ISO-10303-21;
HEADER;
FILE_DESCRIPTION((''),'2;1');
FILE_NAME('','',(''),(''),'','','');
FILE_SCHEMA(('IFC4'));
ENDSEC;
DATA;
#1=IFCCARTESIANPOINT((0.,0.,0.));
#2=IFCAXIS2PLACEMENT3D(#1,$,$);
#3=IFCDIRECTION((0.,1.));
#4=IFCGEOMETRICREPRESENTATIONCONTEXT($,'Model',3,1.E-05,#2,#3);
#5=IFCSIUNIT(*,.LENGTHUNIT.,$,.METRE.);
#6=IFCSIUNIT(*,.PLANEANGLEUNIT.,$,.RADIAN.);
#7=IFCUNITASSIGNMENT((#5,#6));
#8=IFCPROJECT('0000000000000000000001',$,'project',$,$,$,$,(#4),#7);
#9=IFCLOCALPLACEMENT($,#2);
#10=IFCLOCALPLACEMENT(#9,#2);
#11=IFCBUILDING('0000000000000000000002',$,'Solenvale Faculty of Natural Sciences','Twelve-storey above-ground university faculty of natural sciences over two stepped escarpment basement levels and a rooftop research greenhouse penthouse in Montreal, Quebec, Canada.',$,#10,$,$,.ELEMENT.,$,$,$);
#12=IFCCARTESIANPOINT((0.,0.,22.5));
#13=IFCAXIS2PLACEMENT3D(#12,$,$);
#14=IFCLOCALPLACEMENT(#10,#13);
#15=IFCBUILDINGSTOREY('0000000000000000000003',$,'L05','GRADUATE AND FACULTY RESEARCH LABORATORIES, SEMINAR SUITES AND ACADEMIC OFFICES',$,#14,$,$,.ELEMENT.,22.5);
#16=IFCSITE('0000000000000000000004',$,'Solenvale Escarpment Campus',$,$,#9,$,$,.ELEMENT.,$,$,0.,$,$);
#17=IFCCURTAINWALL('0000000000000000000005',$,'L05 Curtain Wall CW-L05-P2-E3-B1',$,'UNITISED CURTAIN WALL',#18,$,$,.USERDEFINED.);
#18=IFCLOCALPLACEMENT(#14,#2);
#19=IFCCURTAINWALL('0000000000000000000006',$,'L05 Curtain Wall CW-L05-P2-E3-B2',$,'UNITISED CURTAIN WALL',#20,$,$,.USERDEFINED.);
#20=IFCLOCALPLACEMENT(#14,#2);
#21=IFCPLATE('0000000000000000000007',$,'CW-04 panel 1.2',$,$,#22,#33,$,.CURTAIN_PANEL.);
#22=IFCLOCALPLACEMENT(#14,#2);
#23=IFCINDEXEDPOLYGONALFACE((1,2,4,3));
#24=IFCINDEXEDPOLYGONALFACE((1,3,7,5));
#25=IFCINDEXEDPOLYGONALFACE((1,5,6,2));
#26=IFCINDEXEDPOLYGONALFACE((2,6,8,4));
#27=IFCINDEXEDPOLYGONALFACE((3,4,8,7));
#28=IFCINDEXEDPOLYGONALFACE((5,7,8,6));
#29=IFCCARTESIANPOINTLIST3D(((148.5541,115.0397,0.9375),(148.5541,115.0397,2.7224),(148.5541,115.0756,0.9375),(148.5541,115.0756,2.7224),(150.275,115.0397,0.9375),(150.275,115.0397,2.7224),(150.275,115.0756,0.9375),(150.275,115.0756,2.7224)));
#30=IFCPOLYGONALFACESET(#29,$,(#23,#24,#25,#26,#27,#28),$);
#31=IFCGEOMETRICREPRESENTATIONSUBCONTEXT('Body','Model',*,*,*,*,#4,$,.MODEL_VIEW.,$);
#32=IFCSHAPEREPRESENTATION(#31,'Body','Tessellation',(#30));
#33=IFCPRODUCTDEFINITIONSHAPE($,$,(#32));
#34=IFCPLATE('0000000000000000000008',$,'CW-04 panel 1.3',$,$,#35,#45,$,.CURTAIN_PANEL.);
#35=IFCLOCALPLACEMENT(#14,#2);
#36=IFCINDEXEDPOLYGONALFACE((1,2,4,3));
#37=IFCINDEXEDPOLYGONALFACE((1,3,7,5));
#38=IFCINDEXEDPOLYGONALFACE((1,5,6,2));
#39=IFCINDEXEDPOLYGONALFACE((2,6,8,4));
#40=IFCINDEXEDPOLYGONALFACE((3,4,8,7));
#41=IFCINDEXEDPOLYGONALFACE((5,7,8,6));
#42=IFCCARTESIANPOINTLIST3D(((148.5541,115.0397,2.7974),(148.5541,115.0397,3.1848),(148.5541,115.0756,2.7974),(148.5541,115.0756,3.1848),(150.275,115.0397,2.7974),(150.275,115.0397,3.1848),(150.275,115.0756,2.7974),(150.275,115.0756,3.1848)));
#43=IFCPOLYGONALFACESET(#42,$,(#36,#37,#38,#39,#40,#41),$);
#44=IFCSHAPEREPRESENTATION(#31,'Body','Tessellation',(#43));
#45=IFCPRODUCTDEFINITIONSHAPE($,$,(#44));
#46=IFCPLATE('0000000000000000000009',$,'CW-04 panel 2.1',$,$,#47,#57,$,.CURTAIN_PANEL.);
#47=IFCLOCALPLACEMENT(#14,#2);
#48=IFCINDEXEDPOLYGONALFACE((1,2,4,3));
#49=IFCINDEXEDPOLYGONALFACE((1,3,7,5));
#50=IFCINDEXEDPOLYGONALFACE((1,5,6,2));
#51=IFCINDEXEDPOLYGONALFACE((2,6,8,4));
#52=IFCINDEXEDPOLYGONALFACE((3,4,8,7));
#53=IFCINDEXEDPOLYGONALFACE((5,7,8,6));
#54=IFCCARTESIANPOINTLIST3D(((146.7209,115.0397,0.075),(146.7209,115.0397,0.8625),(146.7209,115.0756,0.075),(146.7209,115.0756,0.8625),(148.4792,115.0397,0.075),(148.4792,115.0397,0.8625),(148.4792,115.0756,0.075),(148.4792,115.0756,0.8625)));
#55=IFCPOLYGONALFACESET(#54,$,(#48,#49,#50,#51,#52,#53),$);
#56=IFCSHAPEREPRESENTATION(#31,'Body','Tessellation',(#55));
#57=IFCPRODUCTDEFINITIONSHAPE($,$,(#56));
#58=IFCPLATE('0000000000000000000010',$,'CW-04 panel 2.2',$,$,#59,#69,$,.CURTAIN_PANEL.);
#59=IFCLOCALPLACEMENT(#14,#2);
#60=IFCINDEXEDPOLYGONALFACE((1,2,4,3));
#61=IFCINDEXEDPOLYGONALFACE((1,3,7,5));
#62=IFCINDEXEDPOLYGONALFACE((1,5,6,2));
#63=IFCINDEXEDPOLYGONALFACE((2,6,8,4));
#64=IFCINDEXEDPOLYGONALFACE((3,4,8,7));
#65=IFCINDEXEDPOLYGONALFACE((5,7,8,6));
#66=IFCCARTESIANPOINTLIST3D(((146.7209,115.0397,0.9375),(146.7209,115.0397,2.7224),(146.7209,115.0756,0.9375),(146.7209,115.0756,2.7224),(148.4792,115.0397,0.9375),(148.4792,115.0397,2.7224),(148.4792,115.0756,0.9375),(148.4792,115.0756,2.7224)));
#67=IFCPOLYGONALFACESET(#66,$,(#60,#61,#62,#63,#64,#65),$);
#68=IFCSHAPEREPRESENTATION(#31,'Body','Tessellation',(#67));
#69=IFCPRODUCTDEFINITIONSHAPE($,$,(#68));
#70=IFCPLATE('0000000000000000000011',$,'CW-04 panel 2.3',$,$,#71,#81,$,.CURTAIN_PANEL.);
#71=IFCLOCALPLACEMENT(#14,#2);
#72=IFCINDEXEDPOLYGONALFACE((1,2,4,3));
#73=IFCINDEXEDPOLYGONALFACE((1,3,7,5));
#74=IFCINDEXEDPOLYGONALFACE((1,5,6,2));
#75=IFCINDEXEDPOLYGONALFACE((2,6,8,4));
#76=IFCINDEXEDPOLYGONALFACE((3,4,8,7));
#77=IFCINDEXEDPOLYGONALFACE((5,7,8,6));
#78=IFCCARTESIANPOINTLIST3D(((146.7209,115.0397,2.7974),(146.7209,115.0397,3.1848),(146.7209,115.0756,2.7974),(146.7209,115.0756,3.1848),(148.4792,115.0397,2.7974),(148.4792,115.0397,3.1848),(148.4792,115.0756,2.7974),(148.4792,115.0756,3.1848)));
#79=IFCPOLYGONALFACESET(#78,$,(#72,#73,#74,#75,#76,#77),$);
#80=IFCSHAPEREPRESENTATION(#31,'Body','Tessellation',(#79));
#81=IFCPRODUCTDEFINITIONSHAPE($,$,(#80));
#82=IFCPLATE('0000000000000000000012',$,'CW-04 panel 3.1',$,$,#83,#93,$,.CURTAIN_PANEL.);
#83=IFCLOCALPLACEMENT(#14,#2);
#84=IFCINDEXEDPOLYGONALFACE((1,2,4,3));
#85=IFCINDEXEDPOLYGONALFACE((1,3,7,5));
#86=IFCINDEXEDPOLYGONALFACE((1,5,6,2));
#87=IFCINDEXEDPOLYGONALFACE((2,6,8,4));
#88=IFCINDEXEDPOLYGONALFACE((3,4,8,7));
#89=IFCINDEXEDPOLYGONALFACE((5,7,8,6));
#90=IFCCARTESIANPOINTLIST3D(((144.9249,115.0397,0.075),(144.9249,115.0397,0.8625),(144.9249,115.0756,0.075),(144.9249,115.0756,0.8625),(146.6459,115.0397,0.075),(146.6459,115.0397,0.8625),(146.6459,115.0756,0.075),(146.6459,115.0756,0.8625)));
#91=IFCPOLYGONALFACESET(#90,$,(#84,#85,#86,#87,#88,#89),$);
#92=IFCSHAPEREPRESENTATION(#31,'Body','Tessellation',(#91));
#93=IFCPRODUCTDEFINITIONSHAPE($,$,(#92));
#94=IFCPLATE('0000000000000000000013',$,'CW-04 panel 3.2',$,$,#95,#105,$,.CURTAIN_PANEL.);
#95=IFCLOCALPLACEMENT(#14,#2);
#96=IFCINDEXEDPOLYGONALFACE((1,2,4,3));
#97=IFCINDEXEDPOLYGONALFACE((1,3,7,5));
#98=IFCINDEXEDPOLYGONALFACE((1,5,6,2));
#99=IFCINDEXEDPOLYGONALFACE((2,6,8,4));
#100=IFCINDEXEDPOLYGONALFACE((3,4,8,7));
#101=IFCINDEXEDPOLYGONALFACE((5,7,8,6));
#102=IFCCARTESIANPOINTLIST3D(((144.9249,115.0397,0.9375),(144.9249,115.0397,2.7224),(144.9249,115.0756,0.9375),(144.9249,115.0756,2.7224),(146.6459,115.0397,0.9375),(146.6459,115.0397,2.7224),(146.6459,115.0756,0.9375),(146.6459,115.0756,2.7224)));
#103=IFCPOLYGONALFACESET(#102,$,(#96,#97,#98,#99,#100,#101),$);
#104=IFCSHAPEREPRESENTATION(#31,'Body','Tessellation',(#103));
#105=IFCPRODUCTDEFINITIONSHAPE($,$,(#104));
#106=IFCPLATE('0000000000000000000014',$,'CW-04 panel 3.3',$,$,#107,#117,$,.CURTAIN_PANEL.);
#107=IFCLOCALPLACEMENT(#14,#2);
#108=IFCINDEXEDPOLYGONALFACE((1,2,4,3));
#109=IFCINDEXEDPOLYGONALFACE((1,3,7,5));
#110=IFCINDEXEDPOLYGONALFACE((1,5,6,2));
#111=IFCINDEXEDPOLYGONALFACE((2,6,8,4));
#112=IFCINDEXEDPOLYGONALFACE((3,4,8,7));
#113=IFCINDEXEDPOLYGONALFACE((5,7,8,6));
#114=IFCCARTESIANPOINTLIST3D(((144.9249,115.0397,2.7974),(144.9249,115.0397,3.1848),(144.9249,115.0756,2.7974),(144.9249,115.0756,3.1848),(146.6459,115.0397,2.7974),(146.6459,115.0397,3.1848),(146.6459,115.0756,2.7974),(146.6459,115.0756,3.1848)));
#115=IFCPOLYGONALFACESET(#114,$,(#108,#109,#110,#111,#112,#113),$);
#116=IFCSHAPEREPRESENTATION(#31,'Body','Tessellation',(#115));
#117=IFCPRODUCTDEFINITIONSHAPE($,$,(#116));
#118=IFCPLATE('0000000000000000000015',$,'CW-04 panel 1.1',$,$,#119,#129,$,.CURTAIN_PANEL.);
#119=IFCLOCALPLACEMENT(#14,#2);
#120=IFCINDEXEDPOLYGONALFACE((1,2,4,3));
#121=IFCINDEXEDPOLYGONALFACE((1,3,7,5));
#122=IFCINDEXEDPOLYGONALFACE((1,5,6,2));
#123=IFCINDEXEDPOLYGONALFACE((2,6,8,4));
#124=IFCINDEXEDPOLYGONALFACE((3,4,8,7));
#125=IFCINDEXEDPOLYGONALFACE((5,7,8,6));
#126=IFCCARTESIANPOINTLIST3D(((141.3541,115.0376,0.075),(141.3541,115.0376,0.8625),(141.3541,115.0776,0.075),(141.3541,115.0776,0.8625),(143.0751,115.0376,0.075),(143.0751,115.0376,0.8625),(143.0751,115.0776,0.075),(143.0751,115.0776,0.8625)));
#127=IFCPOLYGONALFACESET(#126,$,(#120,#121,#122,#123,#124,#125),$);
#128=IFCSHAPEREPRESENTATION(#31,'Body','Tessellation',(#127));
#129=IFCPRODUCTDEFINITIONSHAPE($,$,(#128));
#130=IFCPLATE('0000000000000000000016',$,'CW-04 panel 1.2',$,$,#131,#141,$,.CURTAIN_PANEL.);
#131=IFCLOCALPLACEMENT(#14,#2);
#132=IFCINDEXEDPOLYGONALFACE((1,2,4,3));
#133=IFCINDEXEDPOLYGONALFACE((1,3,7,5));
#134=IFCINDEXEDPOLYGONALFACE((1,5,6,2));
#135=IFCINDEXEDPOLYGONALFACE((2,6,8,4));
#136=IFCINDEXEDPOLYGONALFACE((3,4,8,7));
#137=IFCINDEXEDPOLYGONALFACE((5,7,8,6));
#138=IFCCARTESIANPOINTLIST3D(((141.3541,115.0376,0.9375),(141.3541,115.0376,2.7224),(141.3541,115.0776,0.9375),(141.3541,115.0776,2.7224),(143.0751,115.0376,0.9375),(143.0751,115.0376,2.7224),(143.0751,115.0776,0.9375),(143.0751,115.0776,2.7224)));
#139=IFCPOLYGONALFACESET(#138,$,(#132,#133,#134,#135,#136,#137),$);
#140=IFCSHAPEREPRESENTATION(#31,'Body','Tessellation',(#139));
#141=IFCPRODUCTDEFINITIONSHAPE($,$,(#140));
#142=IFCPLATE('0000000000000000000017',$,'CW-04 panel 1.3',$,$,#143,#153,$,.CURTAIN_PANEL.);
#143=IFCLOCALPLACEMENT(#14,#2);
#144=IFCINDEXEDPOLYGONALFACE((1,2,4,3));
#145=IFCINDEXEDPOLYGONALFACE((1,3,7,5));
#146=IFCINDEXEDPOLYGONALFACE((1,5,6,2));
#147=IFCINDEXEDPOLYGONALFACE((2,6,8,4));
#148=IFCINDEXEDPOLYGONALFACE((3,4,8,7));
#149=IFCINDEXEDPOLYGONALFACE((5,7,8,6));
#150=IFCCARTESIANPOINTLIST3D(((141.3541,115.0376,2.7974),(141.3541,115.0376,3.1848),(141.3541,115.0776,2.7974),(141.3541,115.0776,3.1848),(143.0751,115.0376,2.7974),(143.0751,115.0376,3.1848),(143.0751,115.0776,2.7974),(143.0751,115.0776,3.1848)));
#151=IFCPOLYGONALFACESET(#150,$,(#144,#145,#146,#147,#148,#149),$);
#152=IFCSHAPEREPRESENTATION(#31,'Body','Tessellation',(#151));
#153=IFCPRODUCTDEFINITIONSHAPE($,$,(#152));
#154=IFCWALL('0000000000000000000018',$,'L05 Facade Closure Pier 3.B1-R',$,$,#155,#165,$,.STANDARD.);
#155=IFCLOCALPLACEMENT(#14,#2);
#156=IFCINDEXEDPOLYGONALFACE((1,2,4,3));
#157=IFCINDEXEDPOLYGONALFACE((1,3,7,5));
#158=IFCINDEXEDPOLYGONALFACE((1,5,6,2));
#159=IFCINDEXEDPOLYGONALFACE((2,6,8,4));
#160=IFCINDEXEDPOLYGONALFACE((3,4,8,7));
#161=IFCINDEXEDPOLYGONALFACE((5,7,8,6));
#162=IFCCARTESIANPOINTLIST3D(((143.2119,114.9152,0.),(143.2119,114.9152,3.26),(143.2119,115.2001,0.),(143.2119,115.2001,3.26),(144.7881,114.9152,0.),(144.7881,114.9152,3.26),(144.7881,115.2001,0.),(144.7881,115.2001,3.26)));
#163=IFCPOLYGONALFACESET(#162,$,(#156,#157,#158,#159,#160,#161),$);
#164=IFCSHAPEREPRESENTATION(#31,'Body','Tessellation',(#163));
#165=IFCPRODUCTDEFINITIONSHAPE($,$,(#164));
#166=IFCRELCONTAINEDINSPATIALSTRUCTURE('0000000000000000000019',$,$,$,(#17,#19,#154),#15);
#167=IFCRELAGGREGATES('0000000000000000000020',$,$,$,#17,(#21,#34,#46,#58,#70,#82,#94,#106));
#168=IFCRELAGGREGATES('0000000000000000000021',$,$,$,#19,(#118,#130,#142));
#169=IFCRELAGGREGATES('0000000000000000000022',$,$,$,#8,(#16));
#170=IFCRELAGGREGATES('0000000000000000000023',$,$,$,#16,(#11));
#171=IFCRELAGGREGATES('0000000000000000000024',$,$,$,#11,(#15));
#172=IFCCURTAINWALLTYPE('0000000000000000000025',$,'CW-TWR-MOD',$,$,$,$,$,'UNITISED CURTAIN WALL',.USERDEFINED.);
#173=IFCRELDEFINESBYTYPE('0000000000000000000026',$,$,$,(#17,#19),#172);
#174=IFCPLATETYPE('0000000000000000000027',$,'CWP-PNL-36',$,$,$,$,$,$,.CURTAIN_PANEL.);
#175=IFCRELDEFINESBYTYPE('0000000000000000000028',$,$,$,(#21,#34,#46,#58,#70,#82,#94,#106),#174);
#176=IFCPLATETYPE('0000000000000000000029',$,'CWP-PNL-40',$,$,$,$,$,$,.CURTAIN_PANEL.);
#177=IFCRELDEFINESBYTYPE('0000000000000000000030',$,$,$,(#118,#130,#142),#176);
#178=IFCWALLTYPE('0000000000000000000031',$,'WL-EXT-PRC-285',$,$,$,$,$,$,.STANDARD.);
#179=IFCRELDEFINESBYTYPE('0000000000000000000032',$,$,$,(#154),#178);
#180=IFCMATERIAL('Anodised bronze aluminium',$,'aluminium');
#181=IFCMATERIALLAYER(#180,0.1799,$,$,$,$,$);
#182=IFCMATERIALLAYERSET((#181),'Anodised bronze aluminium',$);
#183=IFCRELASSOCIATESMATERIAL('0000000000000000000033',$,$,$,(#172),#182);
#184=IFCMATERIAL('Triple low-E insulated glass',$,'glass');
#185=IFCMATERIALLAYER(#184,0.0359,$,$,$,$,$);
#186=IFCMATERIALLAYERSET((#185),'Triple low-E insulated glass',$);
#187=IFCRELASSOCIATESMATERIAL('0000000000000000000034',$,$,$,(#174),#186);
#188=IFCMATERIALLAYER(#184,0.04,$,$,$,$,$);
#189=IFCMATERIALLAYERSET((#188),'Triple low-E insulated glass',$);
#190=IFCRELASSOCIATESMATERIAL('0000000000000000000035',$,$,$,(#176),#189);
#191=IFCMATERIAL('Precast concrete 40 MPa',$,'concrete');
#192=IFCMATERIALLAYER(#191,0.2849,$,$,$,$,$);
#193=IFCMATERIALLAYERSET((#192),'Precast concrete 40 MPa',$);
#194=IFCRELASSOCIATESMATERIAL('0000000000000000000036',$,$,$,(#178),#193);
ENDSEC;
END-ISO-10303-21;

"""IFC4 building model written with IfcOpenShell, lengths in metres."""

from ifc_helpers import new_model, si_unit, direction, frame, frame_2d, origin, origin_2d, place, context, subcontext, project, spatial, rectangle, extrude, material, layer, layer_set, type_object, element, aggregate, save


model = new_model("IFC4")

# Units and contexts
model_context = context("Model", 3, precision=1e-05, world=origin(), true_north=direction((0.0, 1.0)))
body_context = subcontext(model_context, "Body", "Model", "MODEL_VIEW")
ifc_project = project(units=[si_unit("LENGTHUNIT", "METRE"), si_unit("PLANEANGLEUNIT", "RADIAN")], contexts=[model_context])

# Site, building, storey
site_placement = place(None, origin())
site = spatial("IfcSite", under=ifc_project, at=site_placement, Name="Solenvale Escarpment Campus", CompositionType="ELEMENT", RefElevation=0.0)
building_placement = place(site_placement, origin())
building = spatial("IfcBuilding", under=site, at=building_placement, Name="Solenvale Faculty of Natural Sciences", Description="Twelve-storey above-ground university faculty of natural sciences over two stepped escarpment basement levels and a rooftop research greenhouse penthouse in Montreal, Quebec, Canada.", CompositionType="ELEMENT")
storey_placement = place(building_placement, frame((0.0, 0.0, 22.5)))
storey = spatial("IfcBuildingStorey", under=building, at=storey_placement, Name="L05", Description="GRADUATE AND FACULTY RESEARCH LABORATORIES, SEMINAR SUITES AND ACADEMIC OFFICES", CompositionType="ELEMENT", Elevation=22.5)

# Shared definitions
ifc_material_1 = material(Name="Precast concrete 40 MPa", Category="concrete")

# Curtain wall
ifc_material_2 = material(Name="Anodised bronze aluminium", Category="aluminium")
ifc_layer_1 = layer(ifc_material_2, 0.1799)
ifc_layer_set_1 = layer_set([ifc_layer_1], Name="Anodised bronze aluminium")
curtain_wall_type = type_object("IfcCurtainWallType", Name="CW-TWR-MOD", ElementType="UNITISED CURTAIN WALL", PredefinedType="USERDEFINED", material=ifc_layer_set_1)
curtain_wall_1_placement = place(storey_placement, origin())
curtain_wall_1 = element("IfcCurtainWall", 1, at=curtain_wall_1_placement, inside=storey, type_object=curtain_wall_type, Name="L05 Curtain Wall CW-L05-P2-E3-B1", ObjectType="UNITISED CURTAIN WALL", PredefinedType="USERDEFINED")

# Curtain wall
curtain_wall_2_placement = place(storey_placement, origin())
curtain_wall_2 = element("IfcCurtainWall", 2, at=curtain_wall_2_placement, inside=storey, type_object=curtain_wall_type, Name="L05 Curtain Wall CW-L05-P2-E3-B2", ObjectType="UNITISED CURTAIN WALL", PredefinedType="USERDEFINED")

# Plates
ifc_material_3 = material(Name="Triple low-E insulated glass", Category="glass")
ifc_layer_2 = layer(ifc_material_3, 0.0359)
ifc_layer_set_2 = layer_set([ifc_layer_2], Name="Triple low-E insulated glass")
plate_type_1 = type_object("IfcPlateType", Name="CWP-PNL-36", PredefinedType="CURTAIN_PANEL", material=ifc_layer_set_2)
plate_1_placement = place(storey_placement, frame((149.4146, 115.0576, 0.9375), z_axis=(0.0, 0.0, 1.0), x_axis=(-1.0, 0.0, 0.0)))
plate_1 = element("IfcPlate", 3, at=plate_1_placement, type_object=plate_type_1, Name="CW-04 panel 1.2", PredefinedType="CURTAIN_PANEL", context=body_context, shape_type="SweptSolid", body=[
    extrude(rectangle(XDim=1.7209, YDim=0.0359, at=origin_2d()), origin(), (0.0, 0.0, 1.0), 1.7849),
])
plate_2_placement = place(storey_placement, frame((149.4146, 115.0576, 2.7974), z_axis=(0.0, 0.0, 1.0), x_axis=(-1.0, 0.0, 0.0)))
plate_2 = element("IfcPlate", 4, at=plate_2_placement, type_object=plate_type_1, Name="CW-04 panel 1.3", PredefinedType="CURTAIN_PANEL", context=body_context, shape_type="SweptSolid", body=[
    extrude(rectangle(XDim=1.7209, YDim=0.0359, at=origin_2d()), origin(), (0.0, 0.0, 1.0), 0.3875),
])
plate_3_placement = place(storey_placement, frame((147.6001, 115.0576, 0.075), z_axis=(0.0, 0.0, 1.0), x_axis=(-1.0, 0.0, 0.0)))
plate_3 = element("IfcPlate", 5, at=plate_3_placement, type_object=plate_type_1, Name="CW-04 panel 2.1", PredefinedType="CURTAIN_PANEL", context=body_context, shape_type="SweptSolid", body=[
    extrude(rectangle(XDim=1.7583, YDim=0.0359, at=origin_2d()), origin(), (0.0, 0.0, 1.0), 0.7876),
])
plate_4_placement = place(storey_placement, frame((147.6001, 115.0576, 0.9375), z_axis=(0.0, 0.0, 1.0), x_axis=(-1.0, 0.0, 0.0)))
plate_4 = element("IfcPlate", 6, at=plate_4_placement, type_object=plate_type_1, Name="CW-04 panel 2.2", PredefinedType="CURTAIN_PANEL", context=body_context, shape_type="SweptSolid", body=[
    extrude(rectangle(XDim=1.7583, YDim=0.0359, at=origin_2d()), origin(), (0.0, 0.0, 1.0), 1.7849),
])
plate_5_placement = place(storey_placement, frame((147.6001, 115.0576, 2.7974), z_axis=(0.0, 0.0, 1.0), x_axis=(-1.0, 0.0, 0.0)))
plate_5 = element("IfcPlate", 7, at=plate_5_placement, type_object=plate_type_1, Name="CW-04 panel 2.3", PredefinedType="CURTAIN_PANEL", context=body_context, shape_type="SweptSolid", body=[
    extrude(rectangle(XDim=1.7583, YDim=0.0359, at=origin_2d()), origin(), (0.0, 0.0, 1.0), 0.3875),
])
plate_6_placement = place(storey_placement, frame((145.7854, 115.0576, 0.075), z_axis=(0.0, 0.0, 1.0), x_axis=(-1.0, 0.0, 0.0)))
plate_6 = element("IfcPlate", 8, at=plate_6_placement, type_object=plate_type_1, Name="CW-04 panel 3.1", PredefinedType="CURTAIN_PANEL", context=body_context, shape_type="SweptSolid", body=[
    extrude(rectangle(XDim=1.7209, YDim=0.0359, at=origin_2d()), origin(), (0.0, 0.0, 1.0), 0.7876),
])
plate_7_placement = place(storey_placement, frame((145.7854, 115.0576, 0.9375), z_axis=(0.0, 0.0, 1.0), x_axis=(-1.0, 0.0, 0.0)))
plate_7 = element("IfcPlate", 9, at=plate_7_placement, type_object=plate_type_1, Name="CW-04 panel 3.2", PredefinedType="CURTAIN_PANEL", context=body_context, shape_type="SweptSolid", body=[
    extrude(rectangle(XDim=1.7209, YDim=0.0359, at=origin_2d()), origin(), (0.0, 0.0, 1.0), 1.7849),
])
plate_8_placement = place(storey_placement, frame((145.7854, 115.0576, 2.7974), z_axis=(0.0, 0.0, 1.0), x_axis=(-1.0, 0.0, 0.0)))
plate_8 = element("IfcPlate", 10, at=plate_8_placement, type_object=plate_type_1, Name="CW-04 panel 3.3", PredefinedType="CURTAIN_PANEL", context=body_context, shape_type="SweptSolid", body=[
    extrude(rectangle(XDim=1.7209, YDim=0.0359, at=origin_2d()), origin(), (0.0, 0.0, 1.0), 0.3875),
])
aggregate(curtain_wall_1, [plate_1, plate_2, plate_3, plate_4, plate_5, plate_6, plate_7, plate_8])
ifc_layer_3 = layer(ifc_material_3, 0.04)
ifc_layer_set_3 = layer_set([ifc_layer_3], Name="Triple low-E insulated glass")
plate_type_2 = type_object("IfcPlateType", Name="CWP-PNL-40", PredefinedType="CURTAIN_PANEL", material=ifc_layer_set_3)
plate_9_placement = place(storey_placement, frame((142.2146, 115.0576, 0.075), z_axis=(0.0, 0.0, 1.0), x_axis=(-1.0, 0.0, 0.0)))
plate_9 = element("IfcPlate", 11, at=plate_9_placement, type_object=plate_type_2, Name="CW-04 panel 1.1", PredefinedType="CURTAIN_PANEL", context=body_context, shape_type="SweptSolid", body=[
    extrude(rectangle(XDim=1.7209, YDim=0.04, at=origin_2d()), origin(), (0.0, 0.0, 1.0), 0.7876),
])
plate_10_placement = place(storey_placement, frame((142.2146, 115.0576, 0.9375), z_axis=(0.0, 0.0, 1.0), x_axis=(-1.0, 0.0, 0.0)))
plate_10 = element("IfcPlate", 12, at=plate_10_placement, type_object=plate_type_2, Name="CW-04 panel 1.2", PredefinedType="CURTAIN_PANEL", context=body_context, shape_type="SweptSolid", body=[
    extrude(rectangle(XDim=1.7209, YDim=0.04, at=origin_2d()), origin(), (0.0, 0.0, 1.0), 1.7849),
])
plate_11_placement = place(storey_placement, frame((142.2146, 115.0576, 2.7974), z_axis=(0.0, 0.0, 1.0), x_axis=(-1.0, 0.0, 0.0)))
plate_11 = element("IfcPlate", 13, at=plate_11_placement, type_object=plate_type_2, Name="CW-04 panel 1.3", PredefinedType="CURTAIN_PANEL", context=body_context, shape_type="SweptSolid", body=[
    extrude(rectangle(XDim=1.7209, YDim=0.04, at=origin_2d()), origin(), (0.0, 0.0, 1.0), 0.3875),
])
aggregate(curtain_wall_2, [plate_9, plate_10, plate_11])

# Wall
ifc_layer_4 = layer(ifc_material_1, 0.2849)
ifc_layer_set_4 = layer_set([ifc_layer_4], Name="Precast concrete 40 MPa")
wall_type = type_object("IfcWallType", Name="WL-EXT-PRC-285", PredefinedType="STANDARD", material=ifc_layer_set_4)
wall_placement = place(storey_placement, frame((144.7881, 115.0576, 0.0), z_axis=(0.0, 0.0, 1.0), x_axis=(-1.0, 0.0, 0.0)))
element("IfcWall", 14, at=wall_placement, inside=storey, type_object=wall_type, Name="L05 Facade Closure Pier 3.B1-R", PredefinedType="STANDARD", context=body_context, shape_type="SweptSolid", body=[
    extrude(rectangle(XDim=1.5762, YDim=0.2849, at=frame_2d((0.7881, 0.0))), origin(), (0.0, 0.0, 1.0), 3.26),
])

save(model, "model.ifc")
